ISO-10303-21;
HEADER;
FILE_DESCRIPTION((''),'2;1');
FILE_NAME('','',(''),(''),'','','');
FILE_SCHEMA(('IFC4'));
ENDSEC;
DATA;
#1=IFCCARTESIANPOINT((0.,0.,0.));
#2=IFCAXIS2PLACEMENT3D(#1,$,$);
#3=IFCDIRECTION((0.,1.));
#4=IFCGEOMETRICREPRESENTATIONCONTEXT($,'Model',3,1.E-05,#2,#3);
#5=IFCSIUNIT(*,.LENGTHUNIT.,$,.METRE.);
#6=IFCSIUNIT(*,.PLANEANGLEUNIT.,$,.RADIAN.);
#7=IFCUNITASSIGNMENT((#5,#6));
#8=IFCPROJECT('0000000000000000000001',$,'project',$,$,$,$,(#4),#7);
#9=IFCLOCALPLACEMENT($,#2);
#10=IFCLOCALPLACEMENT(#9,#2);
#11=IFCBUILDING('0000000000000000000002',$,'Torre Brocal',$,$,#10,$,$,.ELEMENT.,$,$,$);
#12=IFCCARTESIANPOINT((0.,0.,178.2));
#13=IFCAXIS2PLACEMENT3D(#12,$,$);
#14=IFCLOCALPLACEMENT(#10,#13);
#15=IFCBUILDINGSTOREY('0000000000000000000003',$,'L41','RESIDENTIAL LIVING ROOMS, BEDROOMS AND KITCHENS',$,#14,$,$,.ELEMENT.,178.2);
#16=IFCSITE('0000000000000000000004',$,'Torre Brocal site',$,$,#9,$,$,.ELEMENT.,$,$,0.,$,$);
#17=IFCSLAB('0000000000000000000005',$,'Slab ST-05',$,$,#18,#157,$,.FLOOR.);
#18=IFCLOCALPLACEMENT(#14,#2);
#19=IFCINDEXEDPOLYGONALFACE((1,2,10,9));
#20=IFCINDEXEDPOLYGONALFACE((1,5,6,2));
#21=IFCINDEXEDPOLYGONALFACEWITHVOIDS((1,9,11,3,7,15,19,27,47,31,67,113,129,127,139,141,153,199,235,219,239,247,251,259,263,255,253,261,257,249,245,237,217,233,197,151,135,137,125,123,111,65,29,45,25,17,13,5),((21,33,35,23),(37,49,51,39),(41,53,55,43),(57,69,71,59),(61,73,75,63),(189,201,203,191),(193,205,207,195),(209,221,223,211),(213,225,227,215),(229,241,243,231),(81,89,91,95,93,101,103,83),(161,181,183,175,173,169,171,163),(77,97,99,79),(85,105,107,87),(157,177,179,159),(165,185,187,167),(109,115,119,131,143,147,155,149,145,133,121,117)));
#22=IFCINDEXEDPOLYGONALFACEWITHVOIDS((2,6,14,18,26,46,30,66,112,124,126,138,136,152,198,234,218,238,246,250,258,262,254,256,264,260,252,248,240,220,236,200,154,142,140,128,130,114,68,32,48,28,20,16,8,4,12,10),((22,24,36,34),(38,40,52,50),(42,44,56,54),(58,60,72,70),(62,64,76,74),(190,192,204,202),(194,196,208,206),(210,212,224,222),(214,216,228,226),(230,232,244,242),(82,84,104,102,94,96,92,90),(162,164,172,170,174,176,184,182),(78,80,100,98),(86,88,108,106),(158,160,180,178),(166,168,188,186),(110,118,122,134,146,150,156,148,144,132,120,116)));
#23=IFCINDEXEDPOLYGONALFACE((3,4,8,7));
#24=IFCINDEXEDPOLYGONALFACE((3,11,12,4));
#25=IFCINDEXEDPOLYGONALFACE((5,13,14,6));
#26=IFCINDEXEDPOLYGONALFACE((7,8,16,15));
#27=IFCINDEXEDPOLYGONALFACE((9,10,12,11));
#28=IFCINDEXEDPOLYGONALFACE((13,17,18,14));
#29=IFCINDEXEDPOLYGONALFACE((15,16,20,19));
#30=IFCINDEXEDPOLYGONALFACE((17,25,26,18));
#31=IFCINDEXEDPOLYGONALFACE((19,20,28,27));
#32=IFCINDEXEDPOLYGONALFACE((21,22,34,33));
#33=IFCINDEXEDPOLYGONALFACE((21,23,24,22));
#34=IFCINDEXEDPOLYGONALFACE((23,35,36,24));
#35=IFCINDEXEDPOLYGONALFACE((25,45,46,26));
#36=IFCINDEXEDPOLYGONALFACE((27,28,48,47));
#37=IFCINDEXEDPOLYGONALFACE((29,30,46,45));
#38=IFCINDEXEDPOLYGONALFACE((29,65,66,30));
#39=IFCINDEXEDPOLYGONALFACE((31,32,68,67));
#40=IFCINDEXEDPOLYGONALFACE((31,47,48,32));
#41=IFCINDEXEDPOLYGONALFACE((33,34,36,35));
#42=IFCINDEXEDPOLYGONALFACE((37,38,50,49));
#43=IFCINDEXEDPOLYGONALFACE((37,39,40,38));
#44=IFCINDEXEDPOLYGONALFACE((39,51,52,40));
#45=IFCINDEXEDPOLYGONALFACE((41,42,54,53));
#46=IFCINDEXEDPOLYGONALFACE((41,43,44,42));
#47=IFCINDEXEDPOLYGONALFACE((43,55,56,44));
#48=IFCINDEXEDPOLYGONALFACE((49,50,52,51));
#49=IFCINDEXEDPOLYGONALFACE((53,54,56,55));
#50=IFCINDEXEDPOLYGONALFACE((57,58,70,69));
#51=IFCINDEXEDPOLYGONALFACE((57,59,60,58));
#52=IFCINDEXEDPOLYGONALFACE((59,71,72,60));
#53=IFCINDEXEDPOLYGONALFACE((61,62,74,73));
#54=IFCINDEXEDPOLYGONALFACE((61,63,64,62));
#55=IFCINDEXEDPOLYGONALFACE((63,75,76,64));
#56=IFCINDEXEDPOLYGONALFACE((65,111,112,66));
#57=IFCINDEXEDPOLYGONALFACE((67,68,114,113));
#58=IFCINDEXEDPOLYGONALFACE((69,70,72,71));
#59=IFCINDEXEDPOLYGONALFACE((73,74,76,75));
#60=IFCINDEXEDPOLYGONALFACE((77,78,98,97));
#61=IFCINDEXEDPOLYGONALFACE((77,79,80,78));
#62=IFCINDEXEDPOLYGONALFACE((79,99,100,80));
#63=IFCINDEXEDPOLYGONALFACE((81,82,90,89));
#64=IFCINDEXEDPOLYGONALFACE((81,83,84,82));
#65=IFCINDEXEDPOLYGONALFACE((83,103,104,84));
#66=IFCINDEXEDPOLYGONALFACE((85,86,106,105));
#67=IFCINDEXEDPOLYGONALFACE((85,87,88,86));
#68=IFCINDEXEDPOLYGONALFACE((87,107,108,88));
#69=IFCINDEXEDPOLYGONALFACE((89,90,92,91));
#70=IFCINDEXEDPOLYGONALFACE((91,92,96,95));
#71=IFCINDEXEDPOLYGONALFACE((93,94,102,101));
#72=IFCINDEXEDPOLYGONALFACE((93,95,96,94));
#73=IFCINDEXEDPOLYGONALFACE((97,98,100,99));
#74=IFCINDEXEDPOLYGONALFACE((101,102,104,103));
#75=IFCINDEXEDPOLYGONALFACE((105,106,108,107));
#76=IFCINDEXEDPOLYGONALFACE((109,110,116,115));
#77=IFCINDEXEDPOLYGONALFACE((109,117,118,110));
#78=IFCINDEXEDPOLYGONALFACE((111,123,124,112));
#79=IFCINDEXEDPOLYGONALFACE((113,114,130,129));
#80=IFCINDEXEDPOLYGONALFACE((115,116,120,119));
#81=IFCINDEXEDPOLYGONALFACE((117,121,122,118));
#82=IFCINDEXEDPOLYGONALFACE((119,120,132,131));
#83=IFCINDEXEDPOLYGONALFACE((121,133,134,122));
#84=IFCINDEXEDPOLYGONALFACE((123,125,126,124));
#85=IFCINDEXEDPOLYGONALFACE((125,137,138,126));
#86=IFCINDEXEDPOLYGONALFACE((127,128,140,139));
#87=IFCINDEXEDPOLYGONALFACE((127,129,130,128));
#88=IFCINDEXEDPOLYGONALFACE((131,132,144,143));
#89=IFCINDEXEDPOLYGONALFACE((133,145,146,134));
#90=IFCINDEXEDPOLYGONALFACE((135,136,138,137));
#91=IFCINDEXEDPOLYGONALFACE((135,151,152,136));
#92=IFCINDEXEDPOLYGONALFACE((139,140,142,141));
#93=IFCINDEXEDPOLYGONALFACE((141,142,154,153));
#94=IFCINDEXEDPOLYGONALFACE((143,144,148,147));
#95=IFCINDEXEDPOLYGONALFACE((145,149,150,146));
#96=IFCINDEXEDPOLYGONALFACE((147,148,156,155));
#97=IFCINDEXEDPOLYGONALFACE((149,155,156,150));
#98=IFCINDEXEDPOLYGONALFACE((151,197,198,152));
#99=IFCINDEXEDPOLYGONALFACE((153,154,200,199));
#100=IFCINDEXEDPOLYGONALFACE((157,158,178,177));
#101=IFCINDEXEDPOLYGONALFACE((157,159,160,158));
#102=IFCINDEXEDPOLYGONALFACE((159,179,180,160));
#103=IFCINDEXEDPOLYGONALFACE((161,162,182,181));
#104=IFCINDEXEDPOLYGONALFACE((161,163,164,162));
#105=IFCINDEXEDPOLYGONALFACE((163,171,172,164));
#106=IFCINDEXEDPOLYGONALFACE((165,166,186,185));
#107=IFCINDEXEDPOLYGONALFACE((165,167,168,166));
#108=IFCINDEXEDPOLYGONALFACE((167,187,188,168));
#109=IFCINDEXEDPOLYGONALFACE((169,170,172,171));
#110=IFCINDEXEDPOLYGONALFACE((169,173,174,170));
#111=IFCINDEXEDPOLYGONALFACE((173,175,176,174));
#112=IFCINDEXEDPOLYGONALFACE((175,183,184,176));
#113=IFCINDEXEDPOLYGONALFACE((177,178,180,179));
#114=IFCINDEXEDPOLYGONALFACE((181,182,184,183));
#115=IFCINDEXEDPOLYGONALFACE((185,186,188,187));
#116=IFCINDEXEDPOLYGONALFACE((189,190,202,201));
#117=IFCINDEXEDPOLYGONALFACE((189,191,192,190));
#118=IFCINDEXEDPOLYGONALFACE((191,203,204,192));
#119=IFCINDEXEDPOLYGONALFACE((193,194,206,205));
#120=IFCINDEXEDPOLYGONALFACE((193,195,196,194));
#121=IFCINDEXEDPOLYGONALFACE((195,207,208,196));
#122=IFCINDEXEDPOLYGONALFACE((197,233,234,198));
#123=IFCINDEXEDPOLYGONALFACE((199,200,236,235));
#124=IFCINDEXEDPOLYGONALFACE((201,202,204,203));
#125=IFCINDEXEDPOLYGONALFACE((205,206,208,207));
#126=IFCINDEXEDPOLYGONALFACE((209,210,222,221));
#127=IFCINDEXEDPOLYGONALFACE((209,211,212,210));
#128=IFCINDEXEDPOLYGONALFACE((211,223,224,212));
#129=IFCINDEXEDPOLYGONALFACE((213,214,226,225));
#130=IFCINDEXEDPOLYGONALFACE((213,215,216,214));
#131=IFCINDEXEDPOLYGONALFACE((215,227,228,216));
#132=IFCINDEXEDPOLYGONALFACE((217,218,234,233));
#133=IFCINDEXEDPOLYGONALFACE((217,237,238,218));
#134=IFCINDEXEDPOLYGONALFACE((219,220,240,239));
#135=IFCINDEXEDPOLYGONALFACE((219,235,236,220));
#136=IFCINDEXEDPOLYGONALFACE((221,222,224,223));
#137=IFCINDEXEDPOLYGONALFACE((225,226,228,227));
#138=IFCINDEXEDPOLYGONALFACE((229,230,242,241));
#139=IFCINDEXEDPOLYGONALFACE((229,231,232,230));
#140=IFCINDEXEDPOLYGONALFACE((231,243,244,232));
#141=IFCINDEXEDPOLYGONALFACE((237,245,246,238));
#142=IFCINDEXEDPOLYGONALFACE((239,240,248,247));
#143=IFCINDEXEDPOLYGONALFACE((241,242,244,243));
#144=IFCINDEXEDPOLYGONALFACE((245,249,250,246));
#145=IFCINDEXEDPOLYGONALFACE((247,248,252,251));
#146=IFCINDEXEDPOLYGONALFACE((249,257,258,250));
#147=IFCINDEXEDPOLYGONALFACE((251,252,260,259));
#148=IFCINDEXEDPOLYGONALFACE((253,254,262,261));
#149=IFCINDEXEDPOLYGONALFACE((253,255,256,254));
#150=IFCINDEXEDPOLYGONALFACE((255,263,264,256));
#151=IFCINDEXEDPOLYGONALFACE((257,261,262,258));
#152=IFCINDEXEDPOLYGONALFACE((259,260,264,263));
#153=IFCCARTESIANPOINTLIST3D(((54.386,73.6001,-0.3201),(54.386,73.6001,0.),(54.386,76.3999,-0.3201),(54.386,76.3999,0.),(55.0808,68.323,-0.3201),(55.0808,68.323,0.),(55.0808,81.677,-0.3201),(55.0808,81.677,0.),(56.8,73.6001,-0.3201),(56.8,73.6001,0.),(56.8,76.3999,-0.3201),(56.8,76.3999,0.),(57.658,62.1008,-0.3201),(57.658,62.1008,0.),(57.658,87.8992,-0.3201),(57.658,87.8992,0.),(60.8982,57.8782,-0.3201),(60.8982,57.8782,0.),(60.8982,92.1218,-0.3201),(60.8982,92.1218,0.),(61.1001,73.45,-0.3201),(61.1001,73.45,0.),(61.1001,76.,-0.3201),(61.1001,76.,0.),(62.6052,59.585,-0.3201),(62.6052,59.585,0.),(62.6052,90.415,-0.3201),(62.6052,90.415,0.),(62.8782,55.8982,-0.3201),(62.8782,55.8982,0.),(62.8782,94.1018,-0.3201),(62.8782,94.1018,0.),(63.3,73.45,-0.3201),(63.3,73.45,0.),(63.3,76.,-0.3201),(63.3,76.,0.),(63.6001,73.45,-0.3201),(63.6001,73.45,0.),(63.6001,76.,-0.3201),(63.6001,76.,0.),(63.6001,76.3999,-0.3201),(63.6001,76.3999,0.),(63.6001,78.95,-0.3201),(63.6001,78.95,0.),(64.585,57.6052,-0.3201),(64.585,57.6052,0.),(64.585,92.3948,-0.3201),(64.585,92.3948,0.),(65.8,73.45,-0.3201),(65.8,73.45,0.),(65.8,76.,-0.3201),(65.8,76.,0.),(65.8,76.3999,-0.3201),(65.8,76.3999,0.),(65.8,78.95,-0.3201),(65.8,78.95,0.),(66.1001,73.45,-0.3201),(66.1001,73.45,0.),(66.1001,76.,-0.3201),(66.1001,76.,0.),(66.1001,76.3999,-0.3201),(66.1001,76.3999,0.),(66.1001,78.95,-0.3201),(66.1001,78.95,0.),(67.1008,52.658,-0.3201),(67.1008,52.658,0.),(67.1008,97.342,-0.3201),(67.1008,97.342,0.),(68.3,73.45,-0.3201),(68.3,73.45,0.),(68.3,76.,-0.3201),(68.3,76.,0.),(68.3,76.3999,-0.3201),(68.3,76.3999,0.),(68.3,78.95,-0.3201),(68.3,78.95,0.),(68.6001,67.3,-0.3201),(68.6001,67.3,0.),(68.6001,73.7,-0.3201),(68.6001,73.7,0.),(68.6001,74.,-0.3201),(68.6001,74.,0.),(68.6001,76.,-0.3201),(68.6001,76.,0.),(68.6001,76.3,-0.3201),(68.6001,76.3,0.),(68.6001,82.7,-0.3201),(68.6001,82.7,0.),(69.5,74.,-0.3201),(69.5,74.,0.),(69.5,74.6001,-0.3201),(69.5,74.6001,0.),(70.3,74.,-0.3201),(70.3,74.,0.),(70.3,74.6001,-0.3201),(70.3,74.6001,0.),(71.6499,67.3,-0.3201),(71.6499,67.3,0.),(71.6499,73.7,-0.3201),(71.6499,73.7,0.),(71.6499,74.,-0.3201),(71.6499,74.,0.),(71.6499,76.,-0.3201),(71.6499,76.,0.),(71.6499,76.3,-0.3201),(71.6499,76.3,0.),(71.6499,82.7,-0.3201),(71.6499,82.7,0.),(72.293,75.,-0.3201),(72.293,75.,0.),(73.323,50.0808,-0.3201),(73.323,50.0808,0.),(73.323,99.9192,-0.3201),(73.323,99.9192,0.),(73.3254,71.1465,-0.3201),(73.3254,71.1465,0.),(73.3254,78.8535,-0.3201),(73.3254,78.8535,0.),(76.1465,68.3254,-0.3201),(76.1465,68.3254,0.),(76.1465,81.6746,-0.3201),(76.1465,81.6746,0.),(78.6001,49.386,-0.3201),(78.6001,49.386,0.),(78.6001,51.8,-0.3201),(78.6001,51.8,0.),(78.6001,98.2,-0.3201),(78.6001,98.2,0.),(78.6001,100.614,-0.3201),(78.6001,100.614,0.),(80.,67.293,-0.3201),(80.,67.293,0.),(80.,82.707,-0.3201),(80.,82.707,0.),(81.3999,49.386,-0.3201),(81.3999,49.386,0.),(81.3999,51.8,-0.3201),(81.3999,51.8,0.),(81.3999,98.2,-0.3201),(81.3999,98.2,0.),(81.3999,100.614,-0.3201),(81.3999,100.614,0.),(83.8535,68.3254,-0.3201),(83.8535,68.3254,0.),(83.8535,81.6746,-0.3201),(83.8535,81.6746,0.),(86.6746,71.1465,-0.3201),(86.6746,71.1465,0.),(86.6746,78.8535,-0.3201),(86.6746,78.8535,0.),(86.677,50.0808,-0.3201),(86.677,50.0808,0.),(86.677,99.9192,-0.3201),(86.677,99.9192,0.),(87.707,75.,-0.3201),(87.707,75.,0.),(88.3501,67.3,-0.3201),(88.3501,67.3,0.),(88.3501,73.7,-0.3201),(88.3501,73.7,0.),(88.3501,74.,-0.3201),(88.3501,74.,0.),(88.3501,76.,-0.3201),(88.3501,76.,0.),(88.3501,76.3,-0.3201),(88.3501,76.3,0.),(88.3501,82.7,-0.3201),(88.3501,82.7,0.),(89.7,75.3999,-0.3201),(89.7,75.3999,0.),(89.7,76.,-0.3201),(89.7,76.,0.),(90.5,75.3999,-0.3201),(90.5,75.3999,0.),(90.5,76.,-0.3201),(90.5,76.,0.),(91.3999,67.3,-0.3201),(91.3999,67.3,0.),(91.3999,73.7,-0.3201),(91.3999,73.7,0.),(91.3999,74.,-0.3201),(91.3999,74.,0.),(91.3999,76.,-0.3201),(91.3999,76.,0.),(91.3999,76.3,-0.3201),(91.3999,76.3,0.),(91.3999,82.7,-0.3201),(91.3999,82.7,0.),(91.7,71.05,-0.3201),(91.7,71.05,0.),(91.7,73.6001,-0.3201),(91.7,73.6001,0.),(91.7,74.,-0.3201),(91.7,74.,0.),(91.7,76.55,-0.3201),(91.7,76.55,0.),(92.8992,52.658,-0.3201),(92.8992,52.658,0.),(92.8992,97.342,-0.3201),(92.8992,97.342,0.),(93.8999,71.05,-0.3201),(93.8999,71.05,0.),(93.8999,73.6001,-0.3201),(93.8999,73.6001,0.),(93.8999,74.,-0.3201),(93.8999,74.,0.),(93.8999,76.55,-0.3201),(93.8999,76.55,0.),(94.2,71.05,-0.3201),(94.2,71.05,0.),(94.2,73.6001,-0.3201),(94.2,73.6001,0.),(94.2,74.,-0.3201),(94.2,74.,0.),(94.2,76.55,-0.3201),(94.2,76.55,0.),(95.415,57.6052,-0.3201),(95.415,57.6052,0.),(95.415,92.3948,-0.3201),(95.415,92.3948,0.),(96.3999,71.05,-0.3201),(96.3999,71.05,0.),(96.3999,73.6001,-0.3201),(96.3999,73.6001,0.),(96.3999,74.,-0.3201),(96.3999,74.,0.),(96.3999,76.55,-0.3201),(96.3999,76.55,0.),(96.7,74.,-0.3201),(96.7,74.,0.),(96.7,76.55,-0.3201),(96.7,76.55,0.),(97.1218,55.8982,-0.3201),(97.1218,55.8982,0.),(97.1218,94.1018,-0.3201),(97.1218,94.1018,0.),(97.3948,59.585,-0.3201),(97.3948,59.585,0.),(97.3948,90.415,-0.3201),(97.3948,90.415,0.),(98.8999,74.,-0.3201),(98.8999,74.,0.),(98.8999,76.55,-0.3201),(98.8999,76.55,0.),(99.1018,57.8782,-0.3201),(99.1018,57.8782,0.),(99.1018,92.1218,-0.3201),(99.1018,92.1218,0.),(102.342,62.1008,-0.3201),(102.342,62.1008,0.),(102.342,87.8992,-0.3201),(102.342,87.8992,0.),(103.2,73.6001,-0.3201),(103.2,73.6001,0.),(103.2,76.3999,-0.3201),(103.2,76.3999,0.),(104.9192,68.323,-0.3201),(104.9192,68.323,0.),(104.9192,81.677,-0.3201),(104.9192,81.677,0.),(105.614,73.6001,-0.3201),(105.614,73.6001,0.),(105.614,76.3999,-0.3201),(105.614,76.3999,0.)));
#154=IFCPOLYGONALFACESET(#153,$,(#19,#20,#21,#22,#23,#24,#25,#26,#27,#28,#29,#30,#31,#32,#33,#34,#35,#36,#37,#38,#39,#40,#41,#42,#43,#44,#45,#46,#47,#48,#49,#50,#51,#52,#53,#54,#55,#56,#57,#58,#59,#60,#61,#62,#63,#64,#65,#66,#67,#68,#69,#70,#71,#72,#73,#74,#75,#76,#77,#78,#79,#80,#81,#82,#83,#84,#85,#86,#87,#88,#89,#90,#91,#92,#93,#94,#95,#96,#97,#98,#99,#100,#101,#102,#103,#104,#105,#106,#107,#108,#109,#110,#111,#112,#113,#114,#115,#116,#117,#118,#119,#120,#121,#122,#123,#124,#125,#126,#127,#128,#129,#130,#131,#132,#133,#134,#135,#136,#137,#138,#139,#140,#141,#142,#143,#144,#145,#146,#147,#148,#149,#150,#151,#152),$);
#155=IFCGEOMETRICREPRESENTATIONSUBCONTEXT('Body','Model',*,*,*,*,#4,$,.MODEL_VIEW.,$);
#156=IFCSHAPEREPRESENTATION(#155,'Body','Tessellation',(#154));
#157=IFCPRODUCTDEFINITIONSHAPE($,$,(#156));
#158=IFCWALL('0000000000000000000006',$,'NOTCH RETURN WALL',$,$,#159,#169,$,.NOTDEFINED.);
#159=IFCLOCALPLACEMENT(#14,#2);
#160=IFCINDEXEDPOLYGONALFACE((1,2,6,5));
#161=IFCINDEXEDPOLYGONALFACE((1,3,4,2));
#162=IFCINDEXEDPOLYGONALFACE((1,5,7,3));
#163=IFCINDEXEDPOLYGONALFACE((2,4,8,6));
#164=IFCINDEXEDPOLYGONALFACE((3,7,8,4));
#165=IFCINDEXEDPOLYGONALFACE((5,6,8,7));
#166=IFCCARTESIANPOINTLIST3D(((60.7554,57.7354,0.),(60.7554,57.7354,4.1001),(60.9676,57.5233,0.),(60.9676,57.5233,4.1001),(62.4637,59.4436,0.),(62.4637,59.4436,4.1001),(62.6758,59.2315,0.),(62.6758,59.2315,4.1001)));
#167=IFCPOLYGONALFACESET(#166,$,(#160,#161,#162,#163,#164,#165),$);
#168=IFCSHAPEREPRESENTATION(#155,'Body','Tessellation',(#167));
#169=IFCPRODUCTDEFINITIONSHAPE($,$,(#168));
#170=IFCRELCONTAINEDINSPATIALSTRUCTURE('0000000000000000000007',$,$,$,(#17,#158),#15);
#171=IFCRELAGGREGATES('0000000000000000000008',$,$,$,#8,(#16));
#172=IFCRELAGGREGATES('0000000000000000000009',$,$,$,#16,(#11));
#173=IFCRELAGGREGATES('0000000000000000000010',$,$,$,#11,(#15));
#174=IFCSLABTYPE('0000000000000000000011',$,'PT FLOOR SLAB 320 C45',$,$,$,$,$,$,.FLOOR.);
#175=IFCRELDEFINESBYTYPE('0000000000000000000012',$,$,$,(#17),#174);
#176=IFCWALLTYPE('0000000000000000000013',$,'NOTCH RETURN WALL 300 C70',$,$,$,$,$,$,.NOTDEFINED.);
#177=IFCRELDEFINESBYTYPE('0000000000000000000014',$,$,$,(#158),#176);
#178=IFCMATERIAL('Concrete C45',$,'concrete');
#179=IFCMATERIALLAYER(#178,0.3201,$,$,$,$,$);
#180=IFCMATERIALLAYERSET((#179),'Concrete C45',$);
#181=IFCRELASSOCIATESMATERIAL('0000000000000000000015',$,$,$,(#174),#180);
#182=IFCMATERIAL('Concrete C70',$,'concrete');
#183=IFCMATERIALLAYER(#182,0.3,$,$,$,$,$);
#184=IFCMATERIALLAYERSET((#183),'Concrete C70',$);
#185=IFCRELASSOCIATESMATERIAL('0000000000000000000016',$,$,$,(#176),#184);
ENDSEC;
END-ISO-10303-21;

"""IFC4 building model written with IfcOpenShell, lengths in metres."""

from ifc_helpers import new_model, si_unit, direction, frame, frame_2d, origin, place, context, subcontext, project, spatial, polyline, rectangle, outline, extrude, material, layer, layer_set, type_object, element, save


model = new_model("IFC4")

# Units and contexts
model_context = context("Model", 3, precision=1e-05, world=origin(), true_north=direction((0.0, 1.0)))
body_context = subcontext(model_context, "Body", "Model", "MODEL_VIEW")
ifc_project = project(units=[si_unit("LENGTHUNIT", "METRE"), si_unit("PLANEANGLEUNIT", "RADIAN")], contexts=[model_context])

# Site, building, storey
site_placement = place(None, origin())
site = spatial("IfcSite", under=ifc_project, at=site_placement, Name="Torre Brocal site", CompositionType="ELEMENT", RefElevation=0.0)
building_placement = place(site_placement, origin())
building = spatial("IfcBuilding", under=site, at=building_placement, Name="Torre Brocal", CompositionType="ELEMENT")
storey_placement = place(building_placement, frame((0.0, 0.0, 178.2)))
storey = spatial("IfcBuildingStorey", under=building, at=storey_placement, Name="L41", Description="RESIDENTIAL LIVING ROOMS, BEDROOMS AND KITCHENS", CompositionType="ELEMENT", Elevation=178.2)

# Slab
ifc_material_1 = material(Name="Concrete C45", Category="concrete")
ifc_layer_1 = layer(ifc_material_1, 0.3201)
ifc_layer_set_1 = layer_set([ifc_layer_1], Name="Concrete C45")
slab_type_1 = type_object("IfcSlabType", Name="PT FLOOR SLAB 320 C45", PredefinedType="FLOOR", material=ifc_layer_set_1)
slab_1_placement = place(storey_placement, frame((0.0, 0.0, -0.3201)))
element("IfcSlab", 1, at=slab_1_placement, inside=storey, type_object=slab_type_1, Name="Slab ST-05", PredefinedType="FLOOR", context=body_context, shape_type="SweptSolid", body=[
    extrude(outline(polyline([(103.2, 76.3999), (103.2, 73.6001), (105.614, 73.6001), (104.9192, 68.323), (102.342, 62.1008), (99.1018, 57.8782), (97.3948, 59.585), (95.415, 57.6052), (97.1218, 55.8982), (92.8992, 52.658), (86.677, 50.0808), (81.3999, 49.386), (81.3999, 51.8), (78.6001, 51.8), (78.6001, 49.386), (73.323, 50.0808), (67.1008, 52.658), (62.8782, 55.8982), (64.585, 57.6052), (62.6052, 59.585), (60.8982, 57.8782), (57.658, 62.1008), (55.0808, 68.323), (54.386, 73.6001), (56.8, 73.6001), (56.8, 76.3999), (54.386, 76.3999), (55.0808, 81.677), (57.658, 87.8992), (60.8982, 92.1218), (62.6052, 90.415), (64.585, 92.3948), (62.8782, 94.1018), (67.1008, 97.342), (73.323, 99.9192), (78.6001, 100.614), (78.6001, 98.2), (81.3999, 98.2), (81.3999, 100.614), (86.677, 99.9192), (92.8992, 97.342), (97.1218, 94.1018), (95.415, 92.3948), (97.3948, 90.415), (99.1018, 92.1218), (102.342, 87.8992), (104.9192, 81.677), (105.614, 76.3999), (103.2, 76.3999)]), holes=[polyline([(98.8999, 76.55), (96.7, 76.55), (96.7, 74.0), (98.8999, 74.0), (98.8999, 76.55)]), polyline([(96.3999, 76.55), (94.2, 76.55), (94.2, 74.0), (96.3999, 74.0), (96.3999, 76.55)]), polyline([(96.3999, 73.6001), (94.2, 73.6001), (94.2, 71.05), (96.3999, 71.05), (96.3999, 73.6001)]), polyline([(93.8999, 76.55), (91.7, 76.55), (91.7, 74.0), (93.8999, 74.0), (93.8999, 76.55)]), polyline([(93.8999, 73.6001), (91.7, 73.6001), (91.7, 71.05), (93.8999, 71.05), (93.8999, 73.6001)]), polyline([(89.7, 76.0), (88.3501, 76.0), (88.3501, 74.0), (91.3999, 74.0), (91.3999, 76.0), (90.5, 76.0), (90.5, 75.3999), (89.7, 75.3999), (89.7, 76.0)]), polyline([(91.3999, 82.7), (88.3501, 82.7), (88.3501, 76.3), (91.3999, 76.3), (91.3999, 82.7)]), polyline([(91.3999, 73.7), (88.3501, 73.7), (88.3501, 67.3), (91.3999, 67.3), (91.3999, 73.7)]), polyline([(80.0, 82.707), (76.1465, 81.6746), (73.3254, 78.8535), (72.293, 75.0), (73.3254, 71.1465), (76.1465, 68.3254), (80.0, 67.293), (83.8535, 68.3254), (86.6746, 71.1465), (87.707, 75.0), (86.6746, 78.8535), (83.8535, 81.6746), (80.0, 82.707)]), polyline([(70.3, 74.0), (71.6499, 74.0), (71.6499, 76.0), (68.6001, 76.0), (68.6001, 74.0), (69.5, 74.0), (69.5, 74.6001), (70.3, 74.6001), (70.3, 74.0)]), polyline([(68.6001, 76.3), (71.6499, 76.3), (71.6499, 82.7), (68.6001, 82.7), (68.6001, 76.3)]), polyline([(68.6001, 67.3), (71.6499, 67.3), (71.6499, 73.7), (68.6001, 73.7), (68.6001, 67.3)]), polyline([(66.1001, 76.3999), (68.3, 76.3999), (68.3, 78.95), (66.1001, 78.95), (66.1001, 76.3999)]), polyline([(66.1001, 73.45), (68.3, 73.45), (68.3, 76.0), (66.1001, 76.0), (66.1001, 73.45)]), polyline([(63.6001, 76.3999), (65.8, 76.3999), (65.8, 78.95), (63.6001, 78.95), (63.6001, 76.3999)]), polyline([(63.6001, 73.45), (65.8, 73.45), (65.8, 76.0), (63.6001, 76.0), (63.6001, 73.45)]), polyline([(61.1001, 73.45), (63.3, 73.45), (63.3, 76.0), (61.1001, 76.0), (61.1001, 73.45)])]), origin(), (0.0, 0.0, 1.0), 0.3201),
])

# Wall
ifc_material_2 = material(Name="Concrete C70", Category="concrete")
ifc_layer_2 = layer(ifc_material_2, 0.3)
ifc_layer_set_2 = layer_set([ifc_layer_2], Name="Concrete C70")
wall_type_1 = type_object("IfcWallType", Name="NOTCH RETURN WALL 300 C70", PredefinedType="NOTDEFINED", material=ifc_layer_set_2)
for number, where, z_axis, x_axis, name in (
    (2, (62.5698, 59.3376, 0.0), (0.0, 0.0, 1.0), (-0.707107, -0.707107, 0.0), "NOTCH RETURN WALL"),
):
    element("IfcWall", number, at=place(storey_placement, frame(where, z_axis=z_axis, x_axis=x_axis)), inside=storey, type_object=wall_type_1, Name=name, PredefinedType="NOTDEFINED", context=body_context, shape_type="SweptSolid", body=[
        extrude(rectangle(XDim=2.4158, YDim=0.3, at=frame_2d((1.208, 0.0))), origin(), (0.0, 0.0, 1.0), 4.1001),
    ])

save(model, "model.ifc")
